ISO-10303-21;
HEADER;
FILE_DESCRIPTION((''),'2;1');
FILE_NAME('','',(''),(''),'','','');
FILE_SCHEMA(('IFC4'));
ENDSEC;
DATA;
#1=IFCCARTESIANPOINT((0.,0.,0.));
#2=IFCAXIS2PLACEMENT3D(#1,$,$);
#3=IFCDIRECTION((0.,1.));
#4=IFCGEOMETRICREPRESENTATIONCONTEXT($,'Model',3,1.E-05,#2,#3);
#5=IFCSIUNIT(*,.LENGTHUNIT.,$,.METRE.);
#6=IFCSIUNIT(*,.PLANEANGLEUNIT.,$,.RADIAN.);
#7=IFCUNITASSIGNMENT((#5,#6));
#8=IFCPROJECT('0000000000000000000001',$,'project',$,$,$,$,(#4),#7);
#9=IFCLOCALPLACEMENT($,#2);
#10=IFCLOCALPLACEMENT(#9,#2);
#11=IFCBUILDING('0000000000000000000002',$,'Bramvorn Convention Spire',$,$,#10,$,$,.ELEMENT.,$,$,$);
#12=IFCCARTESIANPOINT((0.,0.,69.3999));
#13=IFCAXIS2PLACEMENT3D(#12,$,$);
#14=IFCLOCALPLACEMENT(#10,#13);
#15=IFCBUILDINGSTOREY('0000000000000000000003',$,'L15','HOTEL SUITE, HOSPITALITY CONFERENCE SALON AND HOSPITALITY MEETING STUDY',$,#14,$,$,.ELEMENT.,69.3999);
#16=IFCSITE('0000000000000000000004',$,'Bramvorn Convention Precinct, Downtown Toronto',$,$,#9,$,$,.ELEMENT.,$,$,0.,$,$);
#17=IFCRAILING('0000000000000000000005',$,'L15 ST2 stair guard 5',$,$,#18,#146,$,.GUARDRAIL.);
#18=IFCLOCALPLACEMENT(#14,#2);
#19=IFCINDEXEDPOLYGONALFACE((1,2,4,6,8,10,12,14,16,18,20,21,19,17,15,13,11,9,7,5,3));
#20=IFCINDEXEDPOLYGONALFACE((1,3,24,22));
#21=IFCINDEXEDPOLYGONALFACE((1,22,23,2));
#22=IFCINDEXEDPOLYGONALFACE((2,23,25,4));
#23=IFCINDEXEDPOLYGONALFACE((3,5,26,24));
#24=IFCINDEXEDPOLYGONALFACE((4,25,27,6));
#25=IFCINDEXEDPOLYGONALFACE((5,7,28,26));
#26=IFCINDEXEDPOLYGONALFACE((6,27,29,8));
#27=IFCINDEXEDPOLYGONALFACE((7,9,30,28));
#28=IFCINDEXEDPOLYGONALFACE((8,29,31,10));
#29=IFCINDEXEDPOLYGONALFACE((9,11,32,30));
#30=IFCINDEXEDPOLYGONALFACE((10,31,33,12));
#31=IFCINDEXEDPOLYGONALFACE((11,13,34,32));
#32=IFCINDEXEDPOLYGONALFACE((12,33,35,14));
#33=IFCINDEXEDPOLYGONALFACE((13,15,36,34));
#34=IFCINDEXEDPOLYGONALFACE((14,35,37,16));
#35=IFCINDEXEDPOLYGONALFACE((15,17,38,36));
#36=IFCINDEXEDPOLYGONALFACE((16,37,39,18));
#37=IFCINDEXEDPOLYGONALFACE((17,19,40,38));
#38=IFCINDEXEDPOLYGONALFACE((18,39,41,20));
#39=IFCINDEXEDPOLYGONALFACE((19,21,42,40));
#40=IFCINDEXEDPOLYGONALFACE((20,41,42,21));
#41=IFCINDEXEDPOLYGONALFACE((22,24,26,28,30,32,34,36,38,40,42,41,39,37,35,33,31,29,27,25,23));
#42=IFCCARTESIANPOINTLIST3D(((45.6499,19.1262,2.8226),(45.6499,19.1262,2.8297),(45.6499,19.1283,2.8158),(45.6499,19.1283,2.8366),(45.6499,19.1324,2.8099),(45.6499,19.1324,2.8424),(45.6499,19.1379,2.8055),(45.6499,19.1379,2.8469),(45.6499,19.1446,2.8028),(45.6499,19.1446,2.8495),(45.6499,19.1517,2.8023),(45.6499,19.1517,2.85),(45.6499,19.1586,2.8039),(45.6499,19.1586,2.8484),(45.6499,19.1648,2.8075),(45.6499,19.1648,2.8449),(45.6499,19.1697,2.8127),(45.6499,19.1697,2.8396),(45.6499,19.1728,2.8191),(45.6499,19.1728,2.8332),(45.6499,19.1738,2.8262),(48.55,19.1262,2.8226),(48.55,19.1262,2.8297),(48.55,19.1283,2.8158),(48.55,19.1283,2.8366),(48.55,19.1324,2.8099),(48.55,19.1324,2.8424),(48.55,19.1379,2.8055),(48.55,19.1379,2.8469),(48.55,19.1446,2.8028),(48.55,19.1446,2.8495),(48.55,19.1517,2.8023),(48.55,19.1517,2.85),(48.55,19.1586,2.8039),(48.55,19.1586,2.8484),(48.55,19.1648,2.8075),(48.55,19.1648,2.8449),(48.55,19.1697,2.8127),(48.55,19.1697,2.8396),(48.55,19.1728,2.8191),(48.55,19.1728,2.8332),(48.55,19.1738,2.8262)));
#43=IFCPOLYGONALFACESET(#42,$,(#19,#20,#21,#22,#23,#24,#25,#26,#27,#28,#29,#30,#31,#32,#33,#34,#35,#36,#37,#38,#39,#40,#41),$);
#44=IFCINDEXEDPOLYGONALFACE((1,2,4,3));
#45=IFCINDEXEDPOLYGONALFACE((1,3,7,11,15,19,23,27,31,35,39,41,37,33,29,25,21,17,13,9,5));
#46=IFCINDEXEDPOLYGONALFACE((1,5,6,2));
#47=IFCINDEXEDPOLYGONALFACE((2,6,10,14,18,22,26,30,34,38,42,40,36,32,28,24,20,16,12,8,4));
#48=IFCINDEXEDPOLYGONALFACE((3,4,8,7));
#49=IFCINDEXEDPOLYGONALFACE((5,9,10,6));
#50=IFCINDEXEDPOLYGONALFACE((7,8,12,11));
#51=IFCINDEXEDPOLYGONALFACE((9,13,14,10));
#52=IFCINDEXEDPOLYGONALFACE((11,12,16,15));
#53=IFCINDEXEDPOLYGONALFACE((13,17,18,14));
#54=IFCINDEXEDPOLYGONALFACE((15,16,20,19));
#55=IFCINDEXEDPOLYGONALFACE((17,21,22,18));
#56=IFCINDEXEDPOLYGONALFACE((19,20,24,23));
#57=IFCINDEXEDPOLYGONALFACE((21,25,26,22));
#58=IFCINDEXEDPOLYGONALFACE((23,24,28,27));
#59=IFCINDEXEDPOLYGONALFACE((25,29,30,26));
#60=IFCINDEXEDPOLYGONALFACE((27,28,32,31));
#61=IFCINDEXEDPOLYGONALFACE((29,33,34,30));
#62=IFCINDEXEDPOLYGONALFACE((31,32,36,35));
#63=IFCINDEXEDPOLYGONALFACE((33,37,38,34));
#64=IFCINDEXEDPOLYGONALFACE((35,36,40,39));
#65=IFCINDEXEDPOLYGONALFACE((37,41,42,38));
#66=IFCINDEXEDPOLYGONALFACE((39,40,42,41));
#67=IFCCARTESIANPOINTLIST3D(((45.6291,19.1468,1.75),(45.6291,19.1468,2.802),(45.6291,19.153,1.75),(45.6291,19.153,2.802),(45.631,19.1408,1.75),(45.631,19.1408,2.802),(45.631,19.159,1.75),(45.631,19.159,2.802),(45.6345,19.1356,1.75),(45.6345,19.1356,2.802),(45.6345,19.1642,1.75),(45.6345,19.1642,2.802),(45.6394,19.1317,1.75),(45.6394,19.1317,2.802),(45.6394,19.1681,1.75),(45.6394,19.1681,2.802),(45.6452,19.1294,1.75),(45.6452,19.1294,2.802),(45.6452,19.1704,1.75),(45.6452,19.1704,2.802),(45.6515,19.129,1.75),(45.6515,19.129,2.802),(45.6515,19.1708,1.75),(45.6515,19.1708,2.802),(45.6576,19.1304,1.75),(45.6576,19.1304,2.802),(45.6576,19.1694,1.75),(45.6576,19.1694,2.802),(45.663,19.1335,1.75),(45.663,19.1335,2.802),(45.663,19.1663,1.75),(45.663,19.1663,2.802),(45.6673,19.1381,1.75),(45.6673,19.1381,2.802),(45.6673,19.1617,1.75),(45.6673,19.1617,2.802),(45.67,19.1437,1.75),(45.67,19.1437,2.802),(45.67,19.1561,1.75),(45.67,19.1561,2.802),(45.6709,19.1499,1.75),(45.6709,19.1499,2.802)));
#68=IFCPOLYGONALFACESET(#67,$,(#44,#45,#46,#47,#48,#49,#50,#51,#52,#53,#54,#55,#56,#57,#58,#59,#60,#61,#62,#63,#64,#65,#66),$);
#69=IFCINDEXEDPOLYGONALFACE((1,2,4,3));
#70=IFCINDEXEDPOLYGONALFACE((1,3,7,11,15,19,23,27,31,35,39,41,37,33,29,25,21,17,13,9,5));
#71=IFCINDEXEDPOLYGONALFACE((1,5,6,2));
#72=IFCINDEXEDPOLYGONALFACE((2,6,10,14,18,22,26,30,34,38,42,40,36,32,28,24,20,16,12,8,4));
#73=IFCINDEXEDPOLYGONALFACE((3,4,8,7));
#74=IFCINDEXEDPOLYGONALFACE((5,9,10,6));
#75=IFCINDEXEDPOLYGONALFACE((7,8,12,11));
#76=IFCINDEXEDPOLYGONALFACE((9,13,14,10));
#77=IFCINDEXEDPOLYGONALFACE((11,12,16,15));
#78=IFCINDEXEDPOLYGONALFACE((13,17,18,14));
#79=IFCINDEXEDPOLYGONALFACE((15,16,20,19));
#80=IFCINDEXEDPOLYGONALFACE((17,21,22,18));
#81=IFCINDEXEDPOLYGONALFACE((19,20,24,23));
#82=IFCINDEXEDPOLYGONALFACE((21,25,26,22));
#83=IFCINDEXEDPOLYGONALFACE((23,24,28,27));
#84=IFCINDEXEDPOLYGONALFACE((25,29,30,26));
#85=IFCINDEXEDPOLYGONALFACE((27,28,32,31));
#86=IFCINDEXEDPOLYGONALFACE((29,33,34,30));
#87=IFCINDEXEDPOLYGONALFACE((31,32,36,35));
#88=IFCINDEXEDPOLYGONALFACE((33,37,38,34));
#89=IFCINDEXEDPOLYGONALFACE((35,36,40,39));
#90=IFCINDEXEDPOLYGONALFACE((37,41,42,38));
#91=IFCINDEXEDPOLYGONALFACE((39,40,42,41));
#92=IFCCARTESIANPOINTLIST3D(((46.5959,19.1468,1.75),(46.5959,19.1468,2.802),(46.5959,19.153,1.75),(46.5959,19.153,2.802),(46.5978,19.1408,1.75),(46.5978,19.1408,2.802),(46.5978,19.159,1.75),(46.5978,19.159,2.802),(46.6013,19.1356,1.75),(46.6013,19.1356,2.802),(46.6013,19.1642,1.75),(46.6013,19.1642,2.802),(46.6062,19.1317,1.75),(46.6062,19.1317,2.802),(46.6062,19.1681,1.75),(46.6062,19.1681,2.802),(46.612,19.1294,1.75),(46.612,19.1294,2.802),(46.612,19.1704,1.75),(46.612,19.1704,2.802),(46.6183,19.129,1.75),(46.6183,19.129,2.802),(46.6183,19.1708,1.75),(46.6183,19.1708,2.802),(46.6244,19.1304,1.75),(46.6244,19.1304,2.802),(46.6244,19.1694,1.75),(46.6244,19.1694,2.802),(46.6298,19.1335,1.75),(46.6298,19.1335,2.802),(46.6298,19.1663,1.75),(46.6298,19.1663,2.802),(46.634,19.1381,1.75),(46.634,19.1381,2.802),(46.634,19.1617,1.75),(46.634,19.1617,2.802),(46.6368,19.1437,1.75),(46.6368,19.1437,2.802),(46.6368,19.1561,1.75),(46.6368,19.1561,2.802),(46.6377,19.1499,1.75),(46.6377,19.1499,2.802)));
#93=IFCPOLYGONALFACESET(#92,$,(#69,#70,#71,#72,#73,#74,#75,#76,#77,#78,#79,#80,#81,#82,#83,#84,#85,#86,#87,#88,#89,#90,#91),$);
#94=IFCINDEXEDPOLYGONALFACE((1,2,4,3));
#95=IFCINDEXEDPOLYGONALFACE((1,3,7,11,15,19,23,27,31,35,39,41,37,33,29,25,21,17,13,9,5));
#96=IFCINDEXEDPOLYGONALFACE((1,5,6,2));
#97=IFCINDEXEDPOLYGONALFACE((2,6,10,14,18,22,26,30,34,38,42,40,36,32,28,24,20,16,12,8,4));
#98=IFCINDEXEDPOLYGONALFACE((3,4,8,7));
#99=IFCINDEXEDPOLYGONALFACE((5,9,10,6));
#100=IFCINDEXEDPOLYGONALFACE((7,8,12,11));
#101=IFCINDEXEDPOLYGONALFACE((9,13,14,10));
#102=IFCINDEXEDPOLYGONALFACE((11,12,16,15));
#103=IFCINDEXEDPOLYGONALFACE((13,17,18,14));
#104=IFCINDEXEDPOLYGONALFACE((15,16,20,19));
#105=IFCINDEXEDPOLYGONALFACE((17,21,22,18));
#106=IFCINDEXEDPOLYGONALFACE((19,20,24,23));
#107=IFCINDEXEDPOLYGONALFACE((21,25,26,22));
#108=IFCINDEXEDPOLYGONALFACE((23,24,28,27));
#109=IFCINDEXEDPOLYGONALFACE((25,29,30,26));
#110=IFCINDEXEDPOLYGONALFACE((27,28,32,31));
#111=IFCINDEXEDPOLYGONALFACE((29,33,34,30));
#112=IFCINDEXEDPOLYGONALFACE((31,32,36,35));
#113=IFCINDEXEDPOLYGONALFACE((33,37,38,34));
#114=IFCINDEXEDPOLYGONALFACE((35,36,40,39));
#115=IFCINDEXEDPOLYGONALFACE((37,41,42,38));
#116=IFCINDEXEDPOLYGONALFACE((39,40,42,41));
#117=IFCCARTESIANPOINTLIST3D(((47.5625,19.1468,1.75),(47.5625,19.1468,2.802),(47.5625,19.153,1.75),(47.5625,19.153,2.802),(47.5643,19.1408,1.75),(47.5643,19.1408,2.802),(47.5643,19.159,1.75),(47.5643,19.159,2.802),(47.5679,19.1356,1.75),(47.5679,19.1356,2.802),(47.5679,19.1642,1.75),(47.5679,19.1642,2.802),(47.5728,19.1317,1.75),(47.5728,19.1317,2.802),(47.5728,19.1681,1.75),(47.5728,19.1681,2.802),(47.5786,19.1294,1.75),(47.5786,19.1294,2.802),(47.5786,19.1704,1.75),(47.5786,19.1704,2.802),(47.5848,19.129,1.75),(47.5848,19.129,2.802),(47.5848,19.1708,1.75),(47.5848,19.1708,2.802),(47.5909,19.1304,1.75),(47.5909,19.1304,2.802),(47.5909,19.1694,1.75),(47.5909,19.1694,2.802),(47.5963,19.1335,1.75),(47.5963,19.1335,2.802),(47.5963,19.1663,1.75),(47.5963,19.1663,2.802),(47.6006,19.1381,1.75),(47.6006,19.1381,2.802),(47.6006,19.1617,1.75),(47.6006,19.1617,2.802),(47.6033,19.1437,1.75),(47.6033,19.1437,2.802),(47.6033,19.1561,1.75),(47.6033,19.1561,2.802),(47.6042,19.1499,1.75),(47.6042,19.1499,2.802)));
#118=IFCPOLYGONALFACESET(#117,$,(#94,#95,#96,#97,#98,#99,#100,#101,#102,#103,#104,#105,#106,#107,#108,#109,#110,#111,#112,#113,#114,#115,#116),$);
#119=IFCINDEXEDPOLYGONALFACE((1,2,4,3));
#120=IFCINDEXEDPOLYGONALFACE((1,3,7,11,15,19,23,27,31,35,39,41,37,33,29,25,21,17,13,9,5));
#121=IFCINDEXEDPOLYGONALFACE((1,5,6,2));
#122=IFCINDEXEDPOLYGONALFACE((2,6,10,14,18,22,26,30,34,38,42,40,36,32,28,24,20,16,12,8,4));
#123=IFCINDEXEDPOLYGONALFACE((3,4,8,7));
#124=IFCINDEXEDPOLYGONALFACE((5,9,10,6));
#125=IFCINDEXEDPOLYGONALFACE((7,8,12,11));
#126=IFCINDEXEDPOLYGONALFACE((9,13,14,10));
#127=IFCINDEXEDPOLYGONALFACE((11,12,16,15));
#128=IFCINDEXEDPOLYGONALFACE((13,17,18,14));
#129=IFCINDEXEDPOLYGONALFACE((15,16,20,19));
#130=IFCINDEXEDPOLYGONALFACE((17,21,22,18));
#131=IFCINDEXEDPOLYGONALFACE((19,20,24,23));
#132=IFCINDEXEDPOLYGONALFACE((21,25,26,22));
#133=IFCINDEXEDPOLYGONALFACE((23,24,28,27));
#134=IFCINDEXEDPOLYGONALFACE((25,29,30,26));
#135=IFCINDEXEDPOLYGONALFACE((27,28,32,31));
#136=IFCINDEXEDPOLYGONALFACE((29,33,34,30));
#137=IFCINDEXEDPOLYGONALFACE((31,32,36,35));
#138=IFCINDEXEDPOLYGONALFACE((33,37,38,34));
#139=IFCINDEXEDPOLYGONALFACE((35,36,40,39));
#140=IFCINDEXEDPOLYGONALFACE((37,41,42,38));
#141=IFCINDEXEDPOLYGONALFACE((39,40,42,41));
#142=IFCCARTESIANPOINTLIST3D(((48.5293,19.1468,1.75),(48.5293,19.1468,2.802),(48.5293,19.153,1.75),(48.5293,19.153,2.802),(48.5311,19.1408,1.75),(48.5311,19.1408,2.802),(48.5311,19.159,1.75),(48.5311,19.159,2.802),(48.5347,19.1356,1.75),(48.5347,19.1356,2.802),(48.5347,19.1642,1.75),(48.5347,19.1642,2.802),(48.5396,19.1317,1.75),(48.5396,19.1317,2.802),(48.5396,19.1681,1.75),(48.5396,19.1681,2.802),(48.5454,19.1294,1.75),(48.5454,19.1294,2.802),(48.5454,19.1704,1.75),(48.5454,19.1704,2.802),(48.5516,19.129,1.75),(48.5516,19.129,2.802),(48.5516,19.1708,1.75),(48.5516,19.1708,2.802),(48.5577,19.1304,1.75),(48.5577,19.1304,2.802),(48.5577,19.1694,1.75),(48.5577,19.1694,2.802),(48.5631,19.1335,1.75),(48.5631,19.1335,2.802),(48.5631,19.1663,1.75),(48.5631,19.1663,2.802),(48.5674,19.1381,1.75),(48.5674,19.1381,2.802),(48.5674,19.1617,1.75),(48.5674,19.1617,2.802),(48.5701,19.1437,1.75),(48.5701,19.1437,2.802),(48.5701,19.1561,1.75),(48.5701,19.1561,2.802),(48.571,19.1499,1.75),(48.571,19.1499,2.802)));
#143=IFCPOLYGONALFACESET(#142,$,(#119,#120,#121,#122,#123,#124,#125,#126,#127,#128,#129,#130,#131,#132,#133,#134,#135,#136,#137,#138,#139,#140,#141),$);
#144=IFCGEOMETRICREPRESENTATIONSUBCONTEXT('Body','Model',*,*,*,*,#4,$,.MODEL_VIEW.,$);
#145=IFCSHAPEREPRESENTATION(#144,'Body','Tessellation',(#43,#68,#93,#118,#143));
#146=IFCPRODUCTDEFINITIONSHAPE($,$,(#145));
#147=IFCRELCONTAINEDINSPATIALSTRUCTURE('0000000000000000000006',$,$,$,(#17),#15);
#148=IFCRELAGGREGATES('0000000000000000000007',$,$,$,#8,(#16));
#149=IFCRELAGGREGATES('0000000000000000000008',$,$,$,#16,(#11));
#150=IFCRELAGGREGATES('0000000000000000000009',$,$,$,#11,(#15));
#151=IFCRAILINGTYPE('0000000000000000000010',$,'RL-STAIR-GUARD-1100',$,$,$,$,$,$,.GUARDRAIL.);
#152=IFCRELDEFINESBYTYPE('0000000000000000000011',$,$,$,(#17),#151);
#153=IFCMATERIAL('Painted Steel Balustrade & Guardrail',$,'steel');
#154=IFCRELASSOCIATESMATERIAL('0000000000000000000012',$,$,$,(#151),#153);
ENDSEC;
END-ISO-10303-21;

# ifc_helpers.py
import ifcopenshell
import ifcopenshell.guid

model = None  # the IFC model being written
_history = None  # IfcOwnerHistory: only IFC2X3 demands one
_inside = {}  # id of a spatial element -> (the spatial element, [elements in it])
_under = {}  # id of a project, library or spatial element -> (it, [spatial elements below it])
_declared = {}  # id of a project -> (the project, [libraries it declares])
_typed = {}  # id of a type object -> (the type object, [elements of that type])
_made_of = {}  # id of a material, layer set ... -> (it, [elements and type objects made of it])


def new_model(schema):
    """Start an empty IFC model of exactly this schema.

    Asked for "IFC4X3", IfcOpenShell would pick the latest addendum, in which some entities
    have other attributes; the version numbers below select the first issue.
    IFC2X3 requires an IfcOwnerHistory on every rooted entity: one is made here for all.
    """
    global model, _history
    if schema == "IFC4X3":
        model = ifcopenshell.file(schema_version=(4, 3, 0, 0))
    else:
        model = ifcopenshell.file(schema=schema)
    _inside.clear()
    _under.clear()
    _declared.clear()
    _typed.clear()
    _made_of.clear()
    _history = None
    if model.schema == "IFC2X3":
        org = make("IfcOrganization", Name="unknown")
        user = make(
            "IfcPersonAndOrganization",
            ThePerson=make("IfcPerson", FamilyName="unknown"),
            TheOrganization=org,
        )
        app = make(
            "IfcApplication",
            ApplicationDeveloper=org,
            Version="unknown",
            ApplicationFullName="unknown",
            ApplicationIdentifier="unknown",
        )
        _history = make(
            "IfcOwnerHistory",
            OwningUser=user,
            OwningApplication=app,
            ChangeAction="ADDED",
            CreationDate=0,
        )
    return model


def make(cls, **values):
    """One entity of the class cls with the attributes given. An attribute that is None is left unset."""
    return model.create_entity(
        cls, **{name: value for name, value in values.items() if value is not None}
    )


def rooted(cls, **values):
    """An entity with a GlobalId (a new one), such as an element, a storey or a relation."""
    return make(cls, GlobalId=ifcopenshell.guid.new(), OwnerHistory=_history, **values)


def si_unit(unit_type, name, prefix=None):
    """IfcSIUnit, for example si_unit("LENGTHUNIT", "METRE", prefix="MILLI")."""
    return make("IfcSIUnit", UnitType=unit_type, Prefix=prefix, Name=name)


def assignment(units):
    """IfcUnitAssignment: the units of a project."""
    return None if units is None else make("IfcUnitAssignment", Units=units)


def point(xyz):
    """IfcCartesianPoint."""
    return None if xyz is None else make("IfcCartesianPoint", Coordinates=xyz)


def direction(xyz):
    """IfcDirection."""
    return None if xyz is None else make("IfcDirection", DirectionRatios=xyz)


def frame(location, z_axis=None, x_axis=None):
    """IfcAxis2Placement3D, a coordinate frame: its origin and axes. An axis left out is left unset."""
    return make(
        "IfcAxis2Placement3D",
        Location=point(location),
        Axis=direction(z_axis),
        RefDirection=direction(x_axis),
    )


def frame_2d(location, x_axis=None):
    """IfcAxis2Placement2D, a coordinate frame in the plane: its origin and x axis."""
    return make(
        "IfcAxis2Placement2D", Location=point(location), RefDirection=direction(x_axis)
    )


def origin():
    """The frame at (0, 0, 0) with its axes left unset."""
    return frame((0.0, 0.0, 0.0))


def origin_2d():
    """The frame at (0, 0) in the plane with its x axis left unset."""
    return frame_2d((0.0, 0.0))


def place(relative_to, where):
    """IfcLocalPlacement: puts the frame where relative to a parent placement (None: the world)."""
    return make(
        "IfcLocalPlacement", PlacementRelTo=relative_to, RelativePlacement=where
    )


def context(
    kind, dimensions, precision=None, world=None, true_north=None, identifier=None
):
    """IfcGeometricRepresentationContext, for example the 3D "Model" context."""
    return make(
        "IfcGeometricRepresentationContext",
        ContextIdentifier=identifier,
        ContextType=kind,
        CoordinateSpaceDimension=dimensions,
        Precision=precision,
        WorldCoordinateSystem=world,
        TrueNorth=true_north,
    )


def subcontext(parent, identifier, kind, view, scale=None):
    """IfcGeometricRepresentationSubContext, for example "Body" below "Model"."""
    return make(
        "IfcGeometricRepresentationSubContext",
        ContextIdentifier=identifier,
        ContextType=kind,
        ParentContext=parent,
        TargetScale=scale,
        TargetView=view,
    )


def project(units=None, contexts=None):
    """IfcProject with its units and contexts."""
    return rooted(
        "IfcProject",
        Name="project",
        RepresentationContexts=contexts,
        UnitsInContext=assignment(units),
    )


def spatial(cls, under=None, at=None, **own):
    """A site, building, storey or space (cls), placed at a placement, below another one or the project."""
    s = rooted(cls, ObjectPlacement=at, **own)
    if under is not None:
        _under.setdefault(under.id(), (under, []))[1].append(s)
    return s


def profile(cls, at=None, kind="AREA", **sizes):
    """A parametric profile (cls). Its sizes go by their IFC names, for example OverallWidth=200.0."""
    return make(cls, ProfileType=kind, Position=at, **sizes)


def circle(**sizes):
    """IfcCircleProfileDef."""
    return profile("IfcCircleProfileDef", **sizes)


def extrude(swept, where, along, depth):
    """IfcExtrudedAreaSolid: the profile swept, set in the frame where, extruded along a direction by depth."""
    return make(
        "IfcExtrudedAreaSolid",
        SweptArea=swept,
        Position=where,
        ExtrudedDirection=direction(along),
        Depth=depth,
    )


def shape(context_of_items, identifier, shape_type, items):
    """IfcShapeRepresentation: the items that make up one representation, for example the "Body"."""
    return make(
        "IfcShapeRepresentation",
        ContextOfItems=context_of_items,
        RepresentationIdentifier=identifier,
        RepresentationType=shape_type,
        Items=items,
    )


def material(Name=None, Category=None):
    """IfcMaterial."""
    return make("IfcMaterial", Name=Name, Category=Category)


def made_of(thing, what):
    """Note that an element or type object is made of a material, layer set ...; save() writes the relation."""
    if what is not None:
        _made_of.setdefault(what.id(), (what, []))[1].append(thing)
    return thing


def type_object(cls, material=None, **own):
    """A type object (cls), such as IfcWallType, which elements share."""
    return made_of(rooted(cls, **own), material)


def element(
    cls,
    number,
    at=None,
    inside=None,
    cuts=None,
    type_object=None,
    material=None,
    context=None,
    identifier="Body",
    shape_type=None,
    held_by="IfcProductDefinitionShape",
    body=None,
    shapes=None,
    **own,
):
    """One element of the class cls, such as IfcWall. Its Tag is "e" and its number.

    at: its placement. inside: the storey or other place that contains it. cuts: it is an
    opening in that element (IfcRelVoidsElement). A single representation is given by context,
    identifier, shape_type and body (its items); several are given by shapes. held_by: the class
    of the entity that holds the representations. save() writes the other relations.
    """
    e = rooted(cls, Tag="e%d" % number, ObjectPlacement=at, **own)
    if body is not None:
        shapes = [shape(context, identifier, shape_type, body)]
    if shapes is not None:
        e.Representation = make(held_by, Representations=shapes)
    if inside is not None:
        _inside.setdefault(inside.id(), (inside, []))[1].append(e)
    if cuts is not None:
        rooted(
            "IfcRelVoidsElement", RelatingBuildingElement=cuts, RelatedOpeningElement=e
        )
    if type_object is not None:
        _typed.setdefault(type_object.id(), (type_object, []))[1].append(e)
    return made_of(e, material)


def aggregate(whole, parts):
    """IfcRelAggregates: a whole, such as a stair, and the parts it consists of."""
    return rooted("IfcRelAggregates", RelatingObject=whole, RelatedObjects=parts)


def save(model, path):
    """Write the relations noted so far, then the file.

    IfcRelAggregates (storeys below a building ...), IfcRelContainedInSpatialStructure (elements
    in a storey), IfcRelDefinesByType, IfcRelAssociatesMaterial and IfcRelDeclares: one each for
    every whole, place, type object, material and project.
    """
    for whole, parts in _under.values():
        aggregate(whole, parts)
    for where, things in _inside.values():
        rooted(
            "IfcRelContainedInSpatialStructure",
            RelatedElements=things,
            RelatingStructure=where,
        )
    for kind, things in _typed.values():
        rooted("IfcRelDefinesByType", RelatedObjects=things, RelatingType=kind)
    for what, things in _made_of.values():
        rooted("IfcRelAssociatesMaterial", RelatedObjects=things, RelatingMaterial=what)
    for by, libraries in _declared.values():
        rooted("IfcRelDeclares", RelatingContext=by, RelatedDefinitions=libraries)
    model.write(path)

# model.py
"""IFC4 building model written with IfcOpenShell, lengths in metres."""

from ifc_helpers import new_model, si_unit, direction, frame, origin, origin_2d, place, context, subcontext, project, spatial, circle, extrude, material, type_object, element, save


model = new_model("IFC4")

# Units and contexts
model_context = context("Model", 3, precision=1e-05, world=origin(), true_north=direction((0.0, 1.0)))
body_context = subcontext(model_context, "Body", "Model", "MODEL_VIEW")
ifc_project = project(units=[si_unit("LENGTHUNIT", "METRE"), si_unit("PLANEANGLEUNIT", "RADIAN")], contexts=[model_context])

# Site, building, storey
site_placement = place(None, origin())
site = spatial("IfcSite", under=ifc_project, at=site_placement, Name="Bramvorn Convention Precinct, Downtown Toronto", CompositionType="ELEMENT", RefElevation=0.0)
building_placement = place(site_placement, origin())
building = spatial("IfcBuilding", under=site, at=building_placement, Name="Bramvorn Convention Spire", CompositionType="ELEMENT")
storey_placement = place(building_placement, frame((0.0, 0.0, 69.3999)))
storey = spatial("IfcBuildingStorey", under=building, at=storey_placement, Name="L15", Description="HOTEL SUITE, HOSPITALITY CONFERENCE SALON AND HOSPITALITY MEETING STUDY", CompositionType="ELEMENT", Elevation=69.3999)

# Railing
ifc_material_1 = material(Name="Painted Steel Balustrade & Guardrail", Category="steel")
railing_type_1 = type_object("IfcRailingType", Name="RL-STAIR-GUARD-1100", PredefinedType="GUARDRAIL", material=ifc_material_1)
railing_1_placement = place(storey_placement, frame((45.6499, 19.1499, 1.75)))
element("IfcRailing", 1, at=railing_1_placement, inside=storey, type_object=railing_type_1, Name="L15 ST2 stair guard 5", PredefinedType="GUARDRAIL", context=body_context, shape_type="SweptSolid", body=[
    extrude(circle(Radius=0.0239, at=origin_2d()), frame((0.0, 0.0, 1.0762), z_axis=(1.0, 0.0, 0.0), x_axis=(0.0, 1.0, 0.0)), (0.0, 0.0, 1.0), 2.9001),
    extrude(circle(Radius=0.021, at=origin_2d()), origin(), (0.0, 0.0, 1.0), 1.052),
    extrude(circle(Radius=0.021, at=origin_2d()), frame((0.9668, 0.0, 0.0)), (0.0, 0.0, 1.0), 1.052),
    extrude(circle(Radius=0.021, at=origin_2d()), frame((1.9333, 0.0, 0.0)), (0.0, 0.0, 1.0), 1.052),
    extrude(circle(Radius=0.021, at=origin_2d()), frame((2.9001, 0.0, 0.0)), (0.0, 0.0, 1.0), 1.052),
])

save(model, "model.ifc")
